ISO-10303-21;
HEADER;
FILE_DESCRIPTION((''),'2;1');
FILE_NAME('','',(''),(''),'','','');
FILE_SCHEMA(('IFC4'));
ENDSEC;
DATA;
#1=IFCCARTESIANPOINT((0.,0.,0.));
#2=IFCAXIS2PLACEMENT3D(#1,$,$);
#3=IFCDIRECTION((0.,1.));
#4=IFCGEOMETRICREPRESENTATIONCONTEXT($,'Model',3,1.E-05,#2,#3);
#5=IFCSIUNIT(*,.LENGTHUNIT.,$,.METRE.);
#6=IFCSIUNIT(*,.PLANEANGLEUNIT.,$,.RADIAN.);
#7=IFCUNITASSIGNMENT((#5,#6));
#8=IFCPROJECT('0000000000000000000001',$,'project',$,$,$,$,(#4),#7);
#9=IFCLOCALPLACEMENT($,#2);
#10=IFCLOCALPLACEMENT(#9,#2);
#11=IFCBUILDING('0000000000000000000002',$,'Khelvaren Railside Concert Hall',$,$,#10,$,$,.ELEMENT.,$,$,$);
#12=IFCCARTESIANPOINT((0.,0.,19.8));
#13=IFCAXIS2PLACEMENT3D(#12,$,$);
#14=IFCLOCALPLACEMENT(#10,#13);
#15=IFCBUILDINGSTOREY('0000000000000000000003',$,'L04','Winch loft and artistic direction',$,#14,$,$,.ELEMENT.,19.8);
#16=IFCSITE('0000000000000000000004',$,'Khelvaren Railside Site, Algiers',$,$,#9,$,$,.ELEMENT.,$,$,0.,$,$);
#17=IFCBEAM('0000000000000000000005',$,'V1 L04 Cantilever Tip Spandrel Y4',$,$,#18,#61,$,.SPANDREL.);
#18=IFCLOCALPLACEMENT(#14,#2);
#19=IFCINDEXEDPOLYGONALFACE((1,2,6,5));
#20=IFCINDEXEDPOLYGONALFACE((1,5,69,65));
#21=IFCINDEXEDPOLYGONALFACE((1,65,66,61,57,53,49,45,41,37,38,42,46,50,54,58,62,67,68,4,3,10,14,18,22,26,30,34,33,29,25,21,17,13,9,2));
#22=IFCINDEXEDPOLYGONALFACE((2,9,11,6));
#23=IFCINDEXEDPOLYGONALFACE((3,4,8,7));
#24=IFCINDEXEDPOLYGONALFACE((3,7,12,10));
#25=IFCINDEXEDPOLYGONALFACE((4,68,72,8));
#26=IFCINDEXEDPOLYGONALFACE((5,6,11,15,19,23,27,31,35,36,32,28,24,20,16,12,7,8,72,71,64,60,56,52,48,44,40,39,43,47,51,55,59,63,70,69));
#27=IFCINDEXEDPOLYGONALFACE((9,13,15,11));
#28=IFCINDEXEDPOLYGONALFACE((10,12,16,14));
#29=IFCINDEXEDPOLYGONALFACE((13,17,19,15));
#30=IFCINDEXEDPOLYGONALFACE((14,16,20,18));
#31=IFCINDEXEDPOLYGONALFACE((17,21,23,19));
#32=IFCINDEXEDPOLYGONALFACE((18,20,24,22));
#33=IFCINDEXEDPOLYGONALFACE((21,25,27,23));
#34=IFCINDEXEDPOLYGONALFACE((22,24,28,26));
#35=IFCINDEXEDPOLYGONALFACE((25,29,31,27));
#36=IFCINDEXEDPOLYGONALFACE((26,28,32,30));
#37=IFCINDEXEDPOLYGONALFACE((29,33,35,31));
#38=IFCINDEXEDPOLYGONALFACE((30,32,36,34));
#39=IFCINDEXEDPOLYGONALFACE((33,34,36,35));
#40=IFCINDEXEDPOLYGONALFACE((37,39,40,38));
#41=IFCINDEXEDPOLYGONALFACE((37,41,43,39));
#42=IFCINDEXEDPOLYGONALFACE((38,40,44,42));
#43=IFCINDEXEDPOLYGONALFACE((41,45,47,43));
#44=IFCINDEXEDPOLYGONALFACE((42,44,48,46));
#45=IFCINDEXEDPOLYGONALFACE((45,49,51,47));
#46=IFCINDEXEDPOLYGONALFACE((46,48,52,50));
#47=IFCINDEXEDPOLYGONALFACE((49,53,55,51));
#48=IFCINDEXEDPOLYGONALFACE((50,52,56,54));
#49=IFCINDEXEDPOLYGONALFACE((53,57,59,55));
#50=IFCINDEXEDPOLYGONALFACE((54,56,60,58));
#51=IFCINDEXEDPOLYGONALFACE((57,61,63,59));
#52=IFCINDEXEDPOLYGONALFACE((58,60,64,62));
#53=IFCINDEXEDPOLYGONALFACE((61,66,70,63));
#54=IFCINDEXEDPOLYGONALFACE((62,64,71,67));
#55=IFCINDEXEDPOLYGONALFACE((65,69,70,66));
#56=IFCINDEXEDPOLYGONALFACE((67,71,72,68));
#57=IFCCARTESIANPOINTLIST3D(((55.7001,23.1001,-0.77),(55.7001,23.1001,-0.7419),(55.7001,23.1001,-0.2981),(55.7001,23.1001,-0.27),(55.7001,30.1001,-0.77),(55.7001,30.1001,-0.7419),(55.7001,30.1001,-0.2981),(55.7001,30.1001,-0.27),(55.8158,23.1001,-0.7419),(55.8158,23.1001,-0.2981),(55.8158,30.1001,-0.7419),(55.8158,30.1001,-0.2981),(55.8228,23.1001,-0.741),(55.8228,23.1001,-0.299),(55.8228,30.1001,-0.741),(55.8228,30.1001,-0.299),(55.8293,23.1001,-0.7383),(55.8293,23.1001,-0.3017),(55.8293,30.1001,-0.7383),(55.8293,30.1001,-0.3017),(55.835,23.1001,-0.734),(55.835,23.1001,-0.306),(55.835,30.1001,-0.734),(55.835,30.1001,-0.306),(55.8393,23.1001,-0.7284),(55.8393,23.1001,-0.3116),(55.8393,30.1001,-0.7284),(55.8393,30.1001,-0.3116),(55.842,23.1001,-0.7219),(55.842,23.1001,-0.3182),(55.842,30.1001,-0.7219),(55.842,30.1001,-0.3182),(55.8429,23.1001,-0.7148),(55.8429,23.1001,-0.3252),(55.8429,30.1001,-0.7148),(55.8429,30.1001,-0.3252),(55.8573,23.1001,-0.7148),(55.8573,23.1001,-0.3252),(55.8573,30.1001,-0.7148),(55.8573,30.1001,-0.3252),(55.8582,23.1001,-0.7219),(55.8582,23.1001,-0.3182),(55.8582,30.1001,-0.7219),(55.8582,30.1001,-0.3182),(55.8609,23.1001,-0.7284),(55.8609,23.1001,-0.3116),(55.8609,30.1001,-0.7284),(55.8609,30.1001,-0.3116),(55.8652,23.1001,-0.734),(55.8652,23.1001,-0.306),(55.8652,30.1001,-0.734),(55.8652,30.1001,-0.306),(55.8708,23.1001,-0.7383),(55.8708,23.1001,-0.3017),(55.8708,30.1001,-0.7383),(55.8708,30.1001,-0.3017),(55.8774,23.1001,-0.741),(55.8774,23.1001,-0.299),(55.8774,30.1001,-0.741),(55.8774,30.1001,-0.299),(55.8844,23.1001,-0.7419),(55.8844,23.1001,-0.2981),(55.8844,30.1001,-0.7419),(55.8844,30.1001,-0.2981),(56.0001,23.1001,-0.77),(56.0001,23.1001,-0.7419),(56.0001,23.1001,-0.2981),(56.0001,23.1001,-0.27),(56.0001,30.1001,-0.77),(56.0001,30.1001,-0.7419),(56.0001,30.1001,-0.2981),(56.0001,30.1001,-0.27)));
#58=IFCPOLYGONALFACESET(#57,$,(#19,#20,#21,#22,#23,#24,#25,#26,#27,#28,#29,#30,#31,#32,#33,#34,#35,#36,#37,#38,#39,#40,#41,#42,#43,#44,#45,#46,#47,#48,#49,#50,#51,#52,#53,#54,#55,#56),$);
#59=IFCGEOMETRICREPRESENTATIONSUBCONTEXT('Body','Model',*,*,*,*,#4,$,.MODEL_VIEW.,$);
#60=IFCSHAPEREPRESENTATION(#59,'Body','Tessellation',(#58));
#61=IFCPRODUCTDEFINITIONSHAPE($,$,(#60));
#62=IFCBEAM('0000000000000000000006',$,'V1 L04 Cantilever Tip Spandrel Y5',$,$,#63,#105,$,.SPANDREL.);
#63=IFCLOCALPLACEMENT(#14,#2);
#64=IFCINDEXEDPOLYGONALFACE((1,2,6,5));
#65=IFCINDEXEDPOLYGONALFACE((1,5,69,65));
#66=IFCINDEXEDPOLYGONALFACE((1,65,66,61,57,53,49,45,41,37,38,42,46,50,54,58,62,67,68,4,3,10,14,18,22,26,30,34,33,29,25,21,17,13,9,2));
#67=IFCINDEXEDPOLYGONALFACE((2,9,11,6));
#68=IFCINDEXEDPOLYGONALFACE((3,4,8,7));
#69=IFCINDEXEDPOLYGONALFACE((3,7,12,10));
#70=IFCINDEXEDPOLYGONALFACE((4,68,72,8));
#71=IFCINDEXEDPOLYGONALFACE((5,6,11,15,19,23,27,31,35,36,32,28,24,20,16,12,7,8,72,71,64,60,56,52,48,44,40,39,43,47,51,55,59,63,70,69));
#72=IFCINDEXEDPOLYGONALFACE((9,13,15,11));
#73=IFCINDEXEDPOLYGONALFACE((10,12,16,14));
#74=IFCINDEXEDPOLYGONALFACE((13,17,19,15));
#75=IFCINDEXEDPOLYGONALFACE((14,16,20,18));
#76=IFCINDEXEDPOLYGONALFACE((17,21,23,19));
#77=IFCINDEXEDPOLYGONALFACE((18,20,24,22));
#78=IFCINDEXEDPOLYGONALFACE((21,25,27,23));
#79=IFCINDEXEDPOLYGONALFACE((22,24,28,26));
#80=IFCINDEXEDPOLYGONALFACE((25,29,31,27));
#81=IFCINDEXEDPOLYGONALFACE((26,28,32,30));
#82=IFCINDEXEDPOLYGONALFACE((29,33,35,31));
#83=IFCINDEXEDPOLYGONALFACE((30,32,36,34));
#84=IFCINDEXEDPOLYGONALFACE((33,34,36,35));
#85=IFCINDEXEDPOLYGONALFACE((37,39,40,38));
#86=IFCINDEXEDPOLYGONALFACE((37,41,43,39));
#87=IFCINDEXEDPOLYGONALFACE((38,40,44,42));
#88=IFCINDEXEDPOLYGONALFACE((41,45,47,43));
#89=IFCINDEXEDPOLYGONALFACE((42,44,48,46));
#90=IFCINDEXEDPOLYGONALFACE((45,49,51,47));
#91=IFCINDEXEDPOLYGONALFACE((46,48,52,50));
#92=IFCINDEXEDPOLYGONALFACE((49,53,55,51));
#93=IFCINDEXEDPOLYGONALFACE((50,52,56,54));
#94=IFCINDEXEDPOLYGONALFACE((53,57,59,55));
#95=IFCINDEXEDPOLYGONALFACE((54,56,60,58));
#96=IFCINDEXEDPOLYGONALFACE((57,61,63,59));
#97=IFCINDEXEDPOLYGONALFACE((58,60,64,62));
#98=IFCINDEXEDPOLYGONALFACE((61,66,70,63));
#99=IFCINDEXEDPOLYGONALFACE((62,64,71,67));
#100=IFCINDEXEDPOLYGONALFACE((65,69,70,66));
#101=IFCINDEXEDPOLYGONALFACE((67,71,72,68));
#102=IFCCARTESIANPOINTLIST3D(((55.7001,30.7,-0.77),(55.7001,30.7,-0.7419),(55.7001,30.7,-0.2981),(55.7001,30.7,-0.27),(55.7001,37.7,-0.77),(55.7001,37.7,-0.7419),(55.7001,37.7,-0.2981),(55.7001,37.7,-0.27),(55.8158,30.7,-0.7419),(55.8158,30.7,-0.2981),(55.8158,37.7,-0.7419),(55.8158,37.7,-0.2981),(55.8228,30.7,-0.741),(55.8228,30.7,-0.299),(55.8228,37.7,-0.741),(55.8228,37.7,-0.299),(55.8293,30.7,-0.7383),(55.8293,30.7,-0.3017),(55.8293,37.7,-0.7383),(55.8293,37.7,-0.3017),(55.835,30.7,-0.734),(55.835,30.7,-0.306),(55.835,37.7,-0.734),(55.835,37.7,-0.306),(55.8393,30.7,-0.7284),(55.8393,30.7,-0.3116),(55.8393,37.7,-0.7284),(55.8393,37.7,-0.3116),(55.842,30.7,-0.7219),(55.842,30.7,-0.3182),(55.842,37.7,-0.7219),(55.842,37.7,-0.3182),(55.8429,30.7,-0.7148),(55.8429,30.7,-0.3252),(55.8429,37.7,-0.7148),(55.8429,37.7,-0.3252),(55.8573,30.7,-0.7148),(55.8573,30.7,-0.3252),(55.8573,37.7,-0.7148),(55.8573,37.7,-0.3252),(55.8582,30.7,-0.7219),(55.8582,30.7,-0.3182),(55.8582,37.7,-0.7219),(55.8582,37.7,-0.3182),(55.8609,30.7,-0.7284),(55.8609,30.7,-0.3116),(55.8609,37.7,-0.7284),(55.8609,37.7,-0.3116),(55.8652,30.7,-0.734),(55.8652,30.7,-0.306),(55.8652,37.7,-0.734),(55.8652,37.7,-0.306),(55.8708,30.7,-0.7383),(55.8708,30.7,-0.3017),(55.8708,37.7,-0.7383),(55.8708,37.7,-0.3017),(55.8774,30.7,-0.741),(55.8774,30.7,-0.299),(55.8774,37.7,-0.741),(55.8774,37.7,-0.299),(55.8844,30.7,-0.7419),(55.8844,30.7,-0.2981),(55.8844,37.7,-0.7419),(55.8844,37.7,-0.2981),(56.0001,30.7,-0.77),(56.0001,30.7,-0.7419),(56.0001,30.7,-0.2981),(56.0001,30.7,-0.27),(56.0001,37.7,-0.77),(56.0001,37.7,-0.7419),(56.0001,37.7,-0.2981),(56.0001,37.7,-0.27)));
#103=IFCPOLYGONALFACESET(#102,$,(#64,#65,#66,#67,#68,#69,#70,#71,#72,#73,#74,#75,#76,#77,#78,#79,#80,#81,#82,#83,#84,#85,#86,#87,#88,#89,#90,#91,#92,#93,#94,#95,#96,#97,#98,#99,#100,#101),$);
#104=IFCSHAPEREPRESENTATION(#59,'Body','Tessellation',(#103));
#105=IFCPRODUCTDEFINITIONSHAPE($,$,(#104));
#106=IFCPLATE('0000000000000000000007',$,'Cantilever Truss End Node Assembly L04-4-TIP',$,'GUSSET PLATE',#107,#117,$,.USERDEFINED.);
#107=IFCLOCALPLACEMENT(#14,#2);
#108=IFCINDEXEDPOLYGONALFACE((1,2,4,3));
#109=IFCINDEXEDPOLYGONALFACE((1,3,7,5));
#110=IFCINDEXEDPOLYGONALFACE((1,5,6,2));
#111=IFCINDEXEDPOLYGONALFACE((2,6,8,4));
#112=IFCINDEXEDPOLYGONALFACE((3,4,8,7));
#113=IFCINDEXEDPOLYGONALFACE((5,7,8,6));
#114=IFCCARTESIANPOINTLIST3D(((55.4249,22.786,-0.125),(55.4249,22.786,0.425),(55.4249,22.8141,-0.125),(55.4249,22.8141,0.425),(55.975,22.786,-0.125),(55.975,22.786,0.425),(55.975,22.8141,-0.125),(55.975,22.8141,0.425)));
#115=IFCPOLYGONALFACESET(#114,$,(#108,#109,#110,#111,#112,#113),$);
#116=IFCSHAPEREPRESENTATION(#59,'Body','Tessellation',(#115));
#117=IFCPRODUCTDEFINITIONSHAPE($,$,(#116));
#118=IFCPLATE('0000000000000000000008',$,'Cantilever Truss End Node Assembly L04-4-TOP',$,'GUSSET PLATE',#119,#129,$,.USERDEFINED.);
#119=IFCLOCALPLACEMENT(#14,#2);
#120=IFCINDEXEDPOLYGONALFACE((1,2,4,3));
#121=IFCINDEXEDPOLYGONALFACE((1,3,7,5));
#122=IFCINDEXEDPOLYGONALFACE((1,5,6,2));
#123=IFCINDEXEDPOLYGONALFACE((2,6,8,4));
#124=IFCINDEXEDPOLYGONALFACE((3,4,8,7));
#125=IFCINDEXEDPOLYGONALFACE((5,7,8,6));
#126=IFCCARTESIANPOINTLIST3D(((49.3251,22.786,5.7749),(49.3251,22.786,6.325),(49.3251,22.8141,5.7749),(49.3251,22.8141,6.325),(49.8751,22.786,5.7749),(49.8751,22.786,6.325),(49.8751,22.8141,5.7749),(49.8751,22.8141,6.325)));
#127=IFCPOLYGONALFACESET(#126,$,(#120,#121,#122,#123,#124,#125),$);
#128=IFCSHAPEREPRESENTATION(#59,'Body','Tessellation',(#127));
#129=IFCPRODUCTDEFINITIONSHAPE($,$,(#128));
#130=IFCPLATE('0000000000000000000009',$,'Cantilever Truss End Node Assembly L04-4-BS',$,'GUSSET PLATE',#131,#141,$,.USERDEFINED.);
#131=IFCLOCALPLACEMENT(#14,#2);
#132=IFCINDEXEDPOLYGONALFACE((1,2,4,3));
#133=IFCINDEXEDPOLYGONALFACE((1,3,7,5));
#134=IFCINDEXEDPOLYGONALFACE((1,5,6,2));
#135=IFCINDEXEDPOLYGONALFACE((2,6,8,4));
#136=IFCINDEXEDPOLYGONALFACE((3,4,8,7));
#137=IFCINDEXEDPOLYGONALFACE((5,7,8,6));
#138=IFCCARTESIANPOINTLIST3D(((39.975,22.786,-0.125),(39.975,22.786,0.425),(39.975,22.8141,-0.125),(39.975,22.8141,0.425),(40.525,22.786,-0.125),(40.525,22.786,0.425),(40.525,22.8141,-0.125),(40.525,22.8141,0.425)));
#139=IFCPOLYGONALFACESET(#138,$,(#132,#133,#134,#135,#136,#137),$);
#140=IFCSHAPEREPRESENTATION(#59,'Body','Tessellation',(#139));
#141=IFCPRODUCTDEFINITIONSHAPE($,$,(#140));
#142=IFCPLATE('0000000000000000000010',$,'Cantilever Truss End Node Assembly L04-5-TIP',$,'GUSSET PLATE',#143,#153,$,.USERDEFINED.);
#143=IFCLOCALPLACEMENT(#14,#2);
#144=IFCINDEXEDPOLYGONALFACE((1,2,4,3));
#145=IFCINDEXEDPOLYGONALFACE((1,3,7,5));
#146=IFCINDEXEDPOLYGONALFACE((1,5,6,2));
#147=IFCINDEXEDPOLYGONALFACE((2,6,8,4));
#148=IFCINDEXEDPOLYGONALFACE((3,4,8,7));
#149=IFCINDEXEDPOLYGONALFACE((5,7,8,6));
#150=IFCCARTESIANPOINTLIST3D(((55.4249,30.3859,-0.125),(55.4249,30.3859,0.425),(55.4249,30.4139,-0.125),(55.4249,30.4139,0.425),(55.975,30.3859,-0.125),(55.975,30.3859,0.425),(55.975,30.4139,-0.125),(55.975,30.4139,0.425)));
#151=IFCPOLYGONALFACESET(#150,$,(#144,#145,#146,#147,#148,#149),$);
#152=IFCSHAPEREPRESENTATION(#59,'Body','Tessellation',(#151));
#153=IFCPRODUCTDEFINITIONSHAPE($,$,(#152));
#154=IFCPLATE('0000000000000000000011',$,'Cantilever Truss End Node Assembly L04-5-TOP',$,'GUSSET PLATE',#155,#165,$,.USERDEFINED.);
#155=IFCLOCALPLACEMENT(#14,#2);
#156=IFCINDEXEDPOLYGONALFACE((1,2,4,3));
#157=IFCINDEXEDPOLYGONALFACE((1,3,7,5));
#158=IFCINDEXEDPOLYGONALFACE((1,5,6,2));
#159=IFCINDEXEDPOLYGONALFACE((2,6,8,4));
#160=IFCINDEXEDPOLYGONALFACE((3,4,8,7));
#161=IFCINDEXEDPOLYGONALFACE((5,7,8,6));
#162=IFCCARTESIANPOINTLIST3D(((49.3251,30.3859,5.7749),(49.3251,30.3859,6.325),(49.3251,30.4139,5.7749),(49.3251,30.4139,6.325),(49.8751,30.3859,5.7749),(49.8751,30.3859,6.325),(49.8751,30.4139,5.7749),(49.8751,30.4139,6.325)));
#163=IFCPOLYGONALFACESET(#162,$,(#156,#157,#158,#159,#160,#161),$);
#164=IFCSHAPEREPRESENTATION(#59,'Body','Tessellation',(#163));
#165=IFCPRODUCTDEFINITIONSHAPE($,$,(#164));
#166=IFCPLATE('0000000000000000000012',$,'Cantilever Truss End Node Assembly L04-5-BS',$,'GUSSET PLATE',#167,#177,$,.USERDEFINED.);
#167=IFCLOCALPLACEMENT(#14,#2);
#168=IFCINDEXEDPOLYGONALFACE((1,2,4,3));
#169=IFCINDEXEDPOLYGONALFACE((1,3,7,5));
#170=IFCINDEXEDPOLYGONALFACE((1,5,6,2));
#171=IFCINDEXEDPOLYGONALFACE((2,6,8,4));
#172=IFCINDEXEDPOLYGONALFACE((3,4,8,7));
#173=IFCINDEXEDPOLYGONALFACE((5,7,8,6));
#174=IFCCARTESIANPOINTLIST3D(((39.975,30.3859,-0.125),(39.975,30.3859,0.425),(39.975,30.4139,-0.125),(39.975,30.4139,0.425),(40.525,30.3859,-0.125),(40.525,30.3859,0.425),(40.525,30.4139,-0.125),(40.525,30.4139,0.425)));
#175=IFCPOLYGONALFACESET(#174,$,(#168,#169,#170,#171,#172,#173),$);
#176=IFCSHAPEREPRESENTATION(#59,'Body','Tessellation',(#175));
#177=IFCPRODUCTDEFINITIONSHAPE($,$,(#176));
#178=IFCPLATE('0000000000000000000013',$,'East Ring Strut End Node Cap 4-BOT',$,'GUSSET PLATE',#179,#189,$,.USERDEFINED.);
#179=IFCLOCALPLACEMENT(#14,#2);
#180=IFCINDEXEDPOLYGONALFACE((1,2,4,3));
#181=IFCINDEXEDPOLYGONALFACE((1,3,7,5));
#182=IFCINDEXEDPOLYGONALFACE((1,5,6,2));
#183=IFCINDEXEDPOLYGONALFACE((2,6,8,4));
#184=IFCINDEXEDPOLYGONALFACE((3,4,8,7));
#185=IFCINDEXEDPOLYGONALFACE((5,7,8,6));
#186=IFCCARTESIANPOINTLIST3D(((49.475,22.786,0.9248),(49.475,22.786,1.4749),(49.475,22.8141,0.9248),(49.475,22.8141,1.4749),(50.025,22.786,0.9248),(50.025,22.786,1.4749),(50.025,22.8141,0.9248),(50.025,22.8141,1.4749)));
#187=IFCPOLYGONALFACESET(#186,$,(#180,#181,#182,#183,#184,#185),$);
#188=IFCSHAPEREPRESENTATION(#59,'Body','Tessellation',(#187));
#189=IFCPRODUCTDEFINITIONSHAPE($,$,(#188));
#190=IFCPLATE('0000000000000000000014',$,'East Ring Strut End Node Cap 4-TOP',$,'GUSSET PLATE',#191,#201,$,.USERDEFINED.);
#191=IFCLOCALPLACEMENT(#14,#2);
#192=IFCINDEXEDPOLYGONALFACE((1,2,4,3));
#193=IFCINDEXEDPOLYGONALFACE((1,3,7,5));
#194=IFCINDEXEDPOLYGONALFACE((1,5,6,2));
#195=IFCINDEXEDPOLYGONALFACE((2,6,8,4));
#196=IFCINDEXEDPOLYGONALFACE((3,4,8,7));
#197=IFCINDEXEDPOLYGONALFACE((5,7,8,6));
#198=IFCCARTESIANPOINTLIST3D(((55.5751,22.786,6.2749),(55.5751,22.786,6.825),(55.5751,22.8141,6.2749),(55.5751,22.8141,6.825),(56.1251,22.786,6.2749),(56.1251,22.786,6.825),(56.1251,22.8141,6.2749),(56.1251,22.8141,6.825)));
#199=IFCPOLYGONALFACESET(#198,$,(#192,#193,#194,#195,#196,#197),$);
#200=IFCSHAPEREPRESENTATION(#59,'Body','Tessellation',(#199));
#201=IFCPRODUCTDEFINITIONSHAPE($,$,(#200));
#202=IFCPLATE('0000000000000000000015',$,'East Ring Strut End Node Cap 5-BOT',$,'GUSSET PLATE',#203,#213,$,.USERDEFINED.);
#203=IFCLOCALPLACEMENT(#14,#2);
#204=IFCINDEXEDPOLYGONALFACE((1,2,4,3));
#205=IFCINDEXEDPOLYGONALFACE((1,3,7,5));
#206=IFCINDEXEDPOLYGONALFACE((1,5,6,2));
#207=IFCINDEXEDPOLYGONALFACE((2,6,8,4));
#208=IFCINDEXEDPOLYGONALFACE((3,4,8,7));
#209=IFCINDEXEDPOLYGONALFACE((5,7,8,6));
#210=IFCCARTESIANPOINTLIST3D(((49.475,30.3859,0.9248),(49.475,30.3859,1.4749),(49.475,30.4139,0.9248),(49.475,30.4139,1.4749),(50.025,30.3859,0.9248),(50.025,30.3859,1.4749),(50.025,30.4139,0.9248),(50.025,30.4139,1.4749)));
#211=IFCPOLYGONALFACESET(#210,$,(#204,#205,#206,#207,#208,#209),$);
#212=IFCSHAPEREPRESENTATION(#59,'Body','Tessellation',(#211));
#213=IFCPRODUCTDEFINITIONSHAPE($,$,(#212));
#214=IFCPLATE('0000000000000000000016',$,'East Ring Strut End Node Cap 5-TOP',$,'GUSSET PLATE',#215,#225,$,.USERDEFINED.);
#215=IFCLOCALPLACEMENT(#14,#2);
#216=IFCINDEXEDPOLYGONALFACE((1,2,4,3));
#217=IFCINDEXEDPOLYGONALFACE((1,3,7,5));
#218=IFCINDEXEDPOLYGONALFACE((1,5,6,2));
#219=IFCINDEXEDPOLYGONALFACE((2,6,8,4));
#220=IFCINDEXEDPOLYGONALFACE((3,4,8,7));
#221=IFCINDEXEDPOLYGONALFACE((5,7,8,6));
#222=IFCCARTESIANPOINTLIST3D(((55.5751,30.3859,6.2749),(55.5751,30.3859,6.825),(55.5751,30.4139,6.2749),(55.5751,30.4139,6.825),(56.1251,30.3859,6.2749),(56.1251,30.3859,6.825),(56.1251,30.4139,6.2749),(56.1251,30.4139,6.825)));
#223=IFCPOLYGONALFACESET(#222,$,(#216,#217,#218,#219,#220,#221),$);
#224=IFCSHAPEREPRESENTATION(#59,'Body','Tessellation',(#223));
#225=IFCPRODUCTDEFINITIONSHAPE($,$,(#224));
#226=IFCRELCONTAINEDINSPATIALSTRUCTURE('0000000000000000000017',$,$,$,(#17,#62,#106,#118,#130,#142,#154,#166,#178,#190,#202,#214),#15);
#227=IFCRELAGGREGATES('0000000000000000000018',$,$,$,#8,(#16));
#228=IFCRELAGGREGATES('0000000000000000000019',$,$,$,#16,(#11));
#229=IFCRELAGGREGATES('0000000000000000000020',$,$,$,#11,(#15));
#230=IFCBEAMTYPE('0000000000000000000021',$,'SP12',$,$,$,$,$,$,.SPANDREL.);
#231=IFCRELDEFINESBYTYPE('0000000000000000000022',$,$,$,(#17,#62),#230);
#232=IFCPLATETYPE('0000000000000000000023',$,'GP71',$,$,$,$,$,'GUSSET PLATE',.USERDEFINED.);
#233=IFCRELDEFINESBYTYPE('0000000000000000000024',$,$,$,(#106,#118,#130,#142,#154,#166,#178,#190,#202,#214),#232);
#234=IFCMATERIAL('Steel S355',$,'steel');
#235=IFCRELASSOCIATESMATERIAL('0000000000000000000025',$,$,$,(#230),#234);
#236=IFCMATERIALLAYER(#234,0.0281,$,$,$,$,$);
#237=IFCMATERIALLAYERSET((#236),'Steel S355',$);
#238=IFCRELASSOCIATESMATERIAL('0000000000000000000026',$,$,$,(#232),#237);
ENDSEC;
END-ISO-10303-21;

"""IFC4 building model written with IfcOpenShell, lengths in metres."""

from ifc_helpers import new_model, si_unit, direction, frame, origin, origin_2d, place, context, subcontext, project, spatial, rectangle, i_section, extrude, material, layer, layer_set, material_profile, profile_set, type_object, element, save


model = new_model("IFC4")

# Units and contexts
model_context = context("Model", 3, precision=1e-05, world=origin(), true_north=direction((0.0, 1.0)))
body_context = subcontext(model_context, "Body", "Model", "MODEL_VIEW")
ifc_project = project(units=[si_unit("LENGTHUNIT", "METRE"), si_unit("PLANEANGLEUNIT", "RADIAN")], contexts=[model_context])

# Site, building, storey
site_placement = place(None, origin())
site = spatial("IfcSite", under=ifc_project, at=site_placement, Name="Khelvaren Railside Site, Algiers", CompositionType="ELEMENT", RefElevation=0.0)
building_placement = place(site_placement, origin())
building = spatial("IfcBuilding", under=site, at=building_placement, Name="Khelvaren Railside Concert Hall", CompositionType="ELEMENT")
storey_placement = place(building_placement, frame((0.0, 0.0, 19.8)))
storey = spatial("IfcBuildingStorey", under=building, at=storey_placement, Name="L04", Description="Winch loft and artistic direction", CompositionType="ELEMENT", Elevation=19.8)

# Shared definitions
ifc_material_1 = material(Name="Steel S355", Category="steel")

# Beams
ifc_material_profile_1 = material_profile(ifc_material_1, i_section(OverallWidth=0.3, OverallDepth=0.5, WebThickness=0.0144, FlangeThickness=0.0281, FilletRadius=0.0271, at=origin_2d()), Name="HEB 500")
ifc_profile_set_1 = profile_set([ifc_material_profile_1], Name="Steel S355")
beam_type_1 = type_object("IfcBeamType", Name="SP12", PredefinedType="SPANDREL", material=ifc_profile_set_1)
for number, where, z_axis, x_axis, name in (
    (1, (55.8501, 23.1001, -0.52), (0.0, 1.0, 0.0), (-1.0, 0.0, 0.0), "V1 L04 Cantilever Tip Spandrel Y4"),
    (2, (55.8501, 30.7, -0.52), (0.0, 1.0, 0.0), (-1.0, 0.0, 0.0), "V1 L04 Cantilever Tip Spandrel Y5"),
):
    element("IfcBeam", number, at=place(storey_placement, frame(where, z_axis=z_axis, x_axis=x_axis)), inside=storey, type_object=beam_type_1, Name=name, PredefinedType="SPANDREL", context=body_context, shape_type="SweptSolid", body=[
        extrude(i_section(OverallWidth=0.3, OverallDepth=0.5, WebThickness=0.0144, FlangeThickness=0.0281, FilletRadius=0.0271, at=origin_2d()), origin(), (0.0, 0.0, 1.0), 7.0),
    ])

# Plates
ifc_layer = layer(ifc_material_1, 0.0281)
ifc_layer_set = layer_set([ifc_layer], Name="Steel S355")
plate_type = type_object("IfcPlateType", Name="GP71", ElementType="GUSSET PLATE", PredefinedType="USERDEFINED", material=ifc_layer_set)
for number, where, z_axis, x_axis, name in (
    (3, (55.7, 22.8, -0.125), (0.0, 0.0, 1.0), (1.0, 0.0, 0.0), "Cantilever Truss End Node Assembly L04-4-TIP"),
    (4, (49.6001, 22.8, 5.7749), (0.0, 0.0, 1.0), (1.0, 0.0, 0.0), "Cantilever Truss End Node Assembly L04-4-TOP"),
    (5, (40.25, 22.8, -0.125), (0.0, 0.0, 1.0), (1.0, 0.0, 0.0), "Cantilever Truss End Node Assembly L04-4-BS"),
    (6, (55.7, 30.3999, -0.125), (0.0, 0.0, 1.0), (1.0, 0.0, 0.0), "Cantilever Truss End Node Assembly L04-5-TIP"),
    (7, (49.6001, 30.3999, 5.7749), (0.0, 0.0, 1.0), (1.0, 0.0, 0.0), "Cantilever Truss End Node Assembly L04-5-TOP"),
    (8, (40.25, 30.3999, -0.125), (0.0, 0.0, 1.0), (1.0, 0.0, 0.0), "Cantilever Truss End Node Assembly L04-5-BS"),
    (9, (49.75, 22.8, 0.9248), (0.0, 0.0, 1.0), (1.0, 0.0, 0.0), "East Ring Strut End Node Cap 4-BOT"),
    (10, (55.8501, 22.8, 6.2749), (0.0, 0.0, 1.0), (1.0, 0.0, 0.0), "East Ring Strut End Node Cap 4-TOP"),
    (11, (49.75, 30.3999, 0.9248), (0.0, 0.0, 1.0), (1.0, 0.0, 0.0), "East Ring Strut End Node Cap 5-BOT"),
    (12, (55.8501, 30.3999, 6.2749), (0.0, 0.0, 1.0), (1.0, 0.0, 0.0), "East Ring Strut End Node Cap 5-TOP"),
):
    element("IfcPlate", number, at=place(storey_placement, frame(where, z_axis=z_axis, x_axis=x_axis)), inside=storey, type_object=plate_type, Name=name, ObjectType="GUSSET PLATE", PredefinedType="USERDEFINED", context=body_context, shape_type="SweptSolid", body=[
        extrude(rectangle(XDim=0.55, YDim=0.0281, at=origin_2d()), origin(), (0.0, 0.0, 1.0), 0.55),
    ])

save(model, "model.ifc")
